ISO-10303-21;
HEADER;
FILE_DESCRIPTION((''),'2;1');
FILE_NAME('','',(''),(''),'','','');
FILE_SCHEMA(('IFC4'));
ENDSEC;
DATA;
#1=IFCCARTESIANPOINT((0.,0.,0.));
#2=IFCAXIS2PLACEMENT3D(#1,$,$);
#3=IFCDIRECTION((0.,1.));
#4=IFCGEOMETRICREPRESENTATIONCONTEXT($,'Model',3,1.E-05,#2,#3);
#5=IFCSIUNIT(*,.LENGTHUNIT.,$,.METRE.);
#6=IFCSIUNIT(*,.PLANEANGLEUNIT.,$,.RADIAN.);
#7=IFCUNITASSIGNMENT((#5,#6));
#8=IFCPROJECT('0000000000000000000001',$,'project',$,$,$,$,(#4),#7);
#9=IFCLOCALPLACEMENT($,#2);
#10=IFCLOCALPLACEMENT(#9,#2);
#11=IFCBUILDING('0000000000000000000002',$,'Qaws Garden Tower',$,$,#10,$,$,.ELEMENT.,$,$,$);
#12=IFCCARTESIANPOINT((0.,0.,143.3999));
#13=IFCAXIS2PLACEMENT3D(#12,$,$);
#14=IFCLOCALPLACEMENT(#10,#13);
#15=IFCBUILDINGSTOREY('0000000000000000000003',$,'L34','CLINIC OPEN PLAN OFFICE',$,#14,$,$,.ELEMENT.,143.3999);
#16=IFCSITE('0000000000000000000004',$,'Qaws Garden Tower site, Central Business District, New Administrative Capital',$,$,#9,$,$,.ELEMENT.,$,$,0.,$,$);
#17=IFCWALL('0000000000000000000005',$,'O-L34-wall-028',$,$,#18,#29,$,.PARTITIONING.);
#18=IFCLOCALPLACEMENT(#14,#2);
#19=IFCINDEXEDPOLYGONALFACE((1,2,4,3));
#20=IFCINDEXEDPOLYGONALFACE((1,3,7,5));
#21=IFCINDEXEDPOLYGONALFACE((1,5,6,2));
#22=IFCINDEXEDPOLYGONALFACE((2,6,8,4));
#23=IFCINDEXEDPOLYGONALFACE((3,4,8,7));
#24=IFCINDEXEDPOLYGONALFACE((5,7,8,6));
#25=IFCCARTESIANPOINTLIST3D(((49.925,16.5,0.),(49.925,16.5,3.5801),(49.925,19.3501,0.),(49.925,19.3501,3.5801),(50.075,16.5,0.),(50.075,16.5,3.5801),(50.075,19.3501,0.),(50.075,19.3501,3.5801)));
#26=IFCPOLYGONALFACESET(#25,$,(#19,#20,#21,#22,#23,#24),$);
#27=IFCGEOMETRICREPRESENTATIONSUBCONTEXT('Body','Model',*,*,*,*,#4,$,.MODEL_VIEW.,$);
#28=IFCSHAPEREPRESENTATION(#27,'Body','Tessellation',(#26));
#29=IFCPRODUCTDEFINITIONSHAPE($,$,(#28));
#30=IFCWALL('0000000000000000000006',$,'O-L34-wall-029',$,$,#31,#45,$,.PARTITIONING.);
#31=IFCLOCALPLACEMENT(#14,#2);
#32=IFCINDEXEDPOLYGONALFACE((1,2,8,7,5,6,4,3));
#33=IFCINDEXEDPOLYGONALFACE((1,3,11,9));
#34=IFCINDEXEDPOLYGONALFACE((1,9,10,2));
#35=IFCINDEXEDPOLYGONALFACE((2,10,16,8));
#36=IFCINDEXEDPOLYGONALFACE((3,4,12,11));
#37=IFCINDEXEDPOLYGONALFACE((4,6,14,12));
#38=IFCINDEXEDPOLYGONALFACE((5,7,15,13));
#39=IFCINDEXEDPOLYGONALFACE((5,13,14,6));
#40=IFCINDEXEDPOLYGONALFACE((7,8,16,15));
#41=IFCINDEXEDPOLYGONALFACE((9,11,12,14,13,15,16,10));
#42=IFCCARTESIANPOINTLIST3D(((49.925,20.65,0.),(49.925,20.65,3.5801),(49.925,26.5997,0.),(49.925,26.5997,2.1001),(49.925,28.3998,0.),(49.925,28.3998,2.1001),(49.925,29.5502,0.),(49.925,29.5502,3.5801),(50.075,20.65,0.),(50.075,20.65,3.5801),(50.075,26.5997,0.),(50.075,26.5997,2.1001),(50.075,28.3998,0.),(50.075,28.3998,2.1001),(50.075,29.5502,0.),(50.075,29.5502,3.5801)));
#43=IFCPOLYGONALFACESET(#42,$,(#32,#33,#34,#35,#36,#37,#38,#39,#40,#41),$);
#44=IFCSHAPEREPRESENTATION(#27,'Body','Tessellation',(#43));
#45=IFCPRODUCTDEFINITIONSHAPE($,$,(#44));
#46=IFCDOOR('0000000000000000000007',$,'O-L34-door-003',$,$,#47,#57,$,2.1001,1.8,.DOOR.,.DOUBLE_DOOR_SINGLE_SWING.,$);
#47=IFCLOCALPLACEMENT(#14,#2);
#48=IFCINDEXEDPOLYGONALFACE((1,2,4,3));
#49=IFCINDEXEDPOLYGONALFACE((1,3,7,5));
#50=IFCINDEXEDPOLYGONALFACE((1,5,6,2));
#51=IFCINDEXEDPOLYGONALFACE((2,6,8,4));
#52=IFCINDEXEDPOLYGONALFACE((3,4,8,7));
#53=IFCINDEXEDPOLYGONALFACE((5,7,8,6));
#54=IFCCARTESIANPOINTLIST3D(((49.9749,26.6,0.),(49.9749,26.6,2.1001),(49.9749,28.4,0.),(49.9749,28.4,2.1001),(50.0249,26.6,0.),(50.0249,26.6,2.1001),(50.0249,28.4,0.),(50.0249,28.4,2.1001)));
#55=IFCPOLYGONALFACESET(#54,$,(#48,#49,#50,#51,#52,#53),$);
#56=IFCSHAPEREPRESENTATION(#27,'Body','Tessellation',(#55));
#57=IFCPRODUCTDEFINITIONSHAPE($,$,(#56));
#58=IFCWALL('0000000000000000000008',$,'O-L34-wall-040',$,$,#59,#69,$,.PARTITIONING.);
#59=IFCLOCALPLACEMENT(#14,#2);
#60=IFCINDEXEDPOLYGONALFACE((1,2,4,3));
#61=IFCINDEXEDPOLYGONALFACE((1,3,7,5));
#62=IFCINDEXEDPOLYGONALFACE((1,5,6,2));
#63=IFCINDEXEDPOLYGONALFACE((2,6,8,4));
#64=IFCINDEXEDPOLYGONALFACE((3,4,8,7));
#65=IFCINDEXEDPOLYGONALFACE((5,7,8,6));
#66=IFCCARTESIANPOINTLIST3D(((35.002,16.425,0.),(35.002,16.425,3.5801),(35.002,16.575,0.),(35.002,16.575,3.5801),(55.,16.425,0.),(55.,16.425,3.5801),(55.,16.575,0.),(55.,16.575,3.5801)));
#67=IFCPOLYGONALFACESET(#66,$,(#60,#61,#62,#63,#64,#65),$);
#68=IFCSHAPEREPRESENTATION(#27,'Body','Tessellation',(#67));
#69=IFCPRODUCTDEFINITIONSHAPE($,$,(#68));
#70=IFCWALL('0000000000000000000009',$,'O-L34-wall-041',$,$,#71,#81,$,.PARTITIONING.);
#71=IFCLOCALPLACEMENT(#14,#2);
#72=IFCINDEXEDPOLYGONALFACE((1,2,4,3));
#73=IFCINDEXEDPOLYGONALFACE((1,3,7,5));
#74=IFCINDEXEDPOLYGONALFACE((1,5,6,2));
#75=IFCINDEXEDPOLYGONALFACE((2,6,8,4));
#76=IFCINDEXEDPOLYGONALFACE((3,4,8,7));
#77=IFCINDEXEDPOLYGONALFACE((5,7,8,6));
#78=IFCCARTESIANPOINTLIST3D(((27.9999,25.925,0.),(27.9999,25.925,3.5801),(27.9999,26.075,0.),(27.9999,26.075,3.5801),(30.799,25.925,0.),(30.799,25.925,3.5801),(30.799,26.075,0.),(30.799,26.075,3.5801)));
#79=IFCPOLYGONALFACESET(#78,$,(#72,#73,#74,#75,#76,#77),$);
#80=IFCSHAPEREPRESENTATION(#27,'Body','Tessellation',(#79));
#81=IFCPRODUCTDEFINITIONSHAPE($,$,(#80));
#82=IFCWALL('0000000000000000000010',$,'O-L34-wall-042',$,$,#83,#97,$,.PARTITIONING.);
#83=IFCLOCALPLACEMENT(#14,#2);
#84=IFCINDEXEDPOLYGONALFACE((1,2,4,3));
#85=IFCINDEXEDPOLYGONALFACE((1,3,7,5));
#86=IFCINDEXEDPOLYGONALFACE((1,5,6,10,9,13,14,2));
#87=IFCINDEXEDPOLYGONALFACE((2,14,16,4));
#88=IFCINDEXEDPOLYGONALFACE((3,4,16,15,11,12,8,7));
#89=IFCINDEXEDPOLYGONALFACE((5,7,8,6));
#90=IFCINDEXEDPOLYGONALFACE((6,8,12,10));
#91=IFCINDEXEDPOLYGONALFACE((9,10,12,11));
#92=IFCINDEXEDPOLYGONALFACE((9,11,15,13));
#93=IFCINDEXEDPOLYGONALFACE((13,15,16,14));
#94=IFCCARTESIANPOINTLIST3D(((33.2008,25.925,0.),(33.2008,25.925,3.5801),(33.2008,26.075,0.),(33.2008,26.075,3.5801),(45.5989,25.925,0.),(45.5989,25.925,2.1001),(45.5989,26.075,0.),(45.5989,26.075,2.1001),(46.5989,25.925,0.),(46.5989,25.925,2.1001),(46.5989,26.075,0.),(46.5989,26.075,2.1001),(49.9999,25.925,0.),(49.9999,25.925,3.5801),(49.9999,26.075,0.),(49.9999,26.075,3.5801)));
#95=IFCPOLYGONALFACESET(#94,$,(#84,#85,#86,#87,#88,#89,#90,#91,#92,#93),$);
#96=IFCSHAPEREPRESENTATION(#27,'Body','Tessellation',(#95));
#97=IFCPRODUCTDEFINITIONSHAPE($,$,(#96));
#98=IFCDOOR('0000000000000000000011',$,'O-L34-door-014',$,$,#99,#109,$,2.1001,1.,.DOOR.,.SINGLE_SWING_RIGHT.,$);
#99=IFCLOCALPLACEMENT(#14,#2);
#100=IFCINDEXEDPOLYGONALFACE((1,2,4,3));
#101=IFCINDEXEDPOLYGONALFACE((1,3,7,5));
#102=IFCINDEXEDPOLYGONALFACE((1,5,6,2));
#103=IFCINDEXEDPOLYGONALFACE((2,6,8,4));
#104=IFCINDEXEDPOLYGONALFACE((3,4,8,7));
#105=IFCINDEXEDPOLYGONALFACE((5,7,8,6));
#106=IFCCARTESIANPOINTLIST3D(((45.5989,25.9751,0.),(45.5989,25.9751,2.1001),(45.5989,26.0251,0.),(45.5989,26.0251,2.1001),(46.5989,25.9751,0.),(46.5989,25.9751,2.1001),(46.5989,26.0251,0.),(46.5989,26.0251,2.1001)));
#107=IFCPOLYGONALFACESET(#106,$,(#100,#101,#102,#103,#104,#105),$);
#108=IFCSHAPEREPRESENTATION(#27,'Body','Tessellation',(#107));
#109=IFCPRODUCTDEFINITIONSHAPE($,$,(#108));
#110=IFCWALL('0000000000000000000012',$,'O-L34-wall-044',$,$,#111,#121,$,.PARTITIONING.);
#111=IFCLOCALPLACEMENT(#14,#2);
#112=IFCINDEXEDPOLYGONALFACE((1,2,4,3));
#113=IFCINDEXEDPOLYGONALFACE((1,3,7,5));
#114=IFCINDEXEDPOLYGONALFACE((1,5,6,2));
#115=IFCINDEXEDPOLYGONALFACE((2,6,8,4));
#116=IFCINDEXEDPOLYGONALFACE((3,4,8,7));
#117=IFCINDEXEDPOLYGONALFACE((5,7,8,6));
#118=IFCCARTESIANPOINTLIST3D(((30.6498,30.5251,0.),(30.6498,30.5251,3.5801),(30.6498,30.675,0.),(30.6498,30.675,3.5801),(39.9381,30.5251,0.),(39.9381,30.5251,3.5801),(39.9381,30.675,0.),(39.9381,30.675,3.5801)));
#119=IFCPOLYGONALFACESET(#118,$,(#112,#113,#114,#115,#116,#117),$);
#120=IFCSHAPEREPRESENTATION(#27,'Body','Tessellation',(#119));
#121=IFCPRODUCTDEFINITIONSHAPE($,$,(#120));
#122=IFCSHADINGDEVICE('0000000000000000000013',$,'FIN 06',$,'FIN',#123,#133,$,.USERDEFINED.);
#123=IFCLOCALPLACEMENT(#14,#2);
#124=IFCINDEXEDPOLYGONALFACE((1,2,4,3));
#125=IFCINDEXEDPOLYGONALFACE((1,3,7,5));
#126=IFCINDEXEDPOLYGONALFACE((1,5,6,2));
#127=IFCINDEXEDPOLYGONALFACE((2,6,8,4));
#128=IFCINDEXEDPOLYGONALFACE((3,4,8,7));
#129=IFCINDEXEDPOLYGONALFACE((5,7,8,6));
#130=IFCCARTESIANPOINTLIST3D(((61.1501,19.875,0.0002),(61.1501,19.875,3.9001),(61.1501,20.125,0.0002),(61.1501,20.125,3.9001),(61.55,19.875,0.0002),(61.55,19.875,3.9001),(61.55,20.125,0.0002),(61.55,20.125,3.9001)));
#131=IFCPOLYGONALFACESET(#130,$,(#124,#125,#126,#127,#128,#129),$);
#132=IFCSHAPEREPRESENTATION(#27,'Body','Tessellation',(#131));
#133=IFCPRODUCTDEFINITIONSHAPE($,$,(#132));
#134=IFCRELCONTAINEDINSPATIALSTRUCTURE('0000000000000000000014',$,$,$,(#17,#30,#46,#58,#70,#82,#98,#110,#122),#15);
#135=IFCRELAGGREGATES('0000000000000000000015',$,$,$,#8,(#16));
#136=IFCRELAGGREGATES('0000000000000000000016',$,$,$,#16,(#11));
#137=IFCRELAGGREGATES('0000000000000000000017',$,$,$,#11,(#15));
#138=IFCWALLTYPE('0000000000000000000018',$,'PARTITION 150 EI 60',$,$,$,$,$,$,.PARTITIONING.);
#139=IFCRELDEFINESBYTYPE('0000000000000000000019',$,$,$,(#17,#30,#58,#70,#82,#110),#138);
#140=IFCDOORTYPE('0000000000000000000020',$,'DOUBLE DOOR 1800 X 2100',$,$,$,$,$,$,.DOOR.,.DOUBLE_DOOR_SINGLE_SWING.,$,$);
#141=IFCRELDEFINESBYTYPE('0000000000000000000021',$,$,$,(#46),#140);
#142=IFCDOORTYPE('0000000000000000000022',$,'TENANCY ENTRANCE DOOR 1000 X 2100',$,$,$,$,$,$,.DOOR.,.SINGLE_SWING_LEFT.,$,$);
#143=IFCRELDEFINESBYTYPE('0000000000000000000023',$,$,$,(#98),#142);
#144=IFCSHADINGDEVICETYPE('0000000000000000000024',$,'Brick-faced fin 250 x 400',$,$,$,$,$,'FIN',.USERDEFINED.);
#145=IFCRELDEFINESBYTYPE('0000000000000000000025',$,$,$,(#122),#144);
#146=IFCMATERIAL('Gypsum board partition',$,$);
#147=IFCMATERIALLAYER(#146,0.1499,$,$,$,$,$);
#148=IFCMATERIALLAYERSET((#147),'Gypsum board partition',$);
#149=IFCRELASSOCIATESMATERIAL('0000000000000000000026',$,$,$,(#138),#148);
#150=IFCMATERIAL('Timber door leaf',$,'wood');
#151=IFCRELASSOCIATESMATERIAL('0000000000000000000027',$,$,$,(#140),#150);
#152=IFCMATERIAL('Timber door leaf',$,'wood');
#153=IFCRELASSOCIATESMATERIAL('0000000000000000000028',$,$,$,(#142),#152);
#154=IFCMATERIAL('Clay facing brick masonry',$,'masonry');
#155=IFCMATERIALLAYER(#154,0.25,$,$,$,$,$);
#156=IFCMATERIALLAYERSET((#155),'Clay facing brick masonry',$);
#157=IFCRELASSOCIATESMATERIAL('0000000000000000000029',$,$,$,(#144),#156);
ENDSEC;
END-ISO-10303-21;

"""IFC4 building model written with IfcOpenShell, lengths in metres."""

from ifc_helpers import new_model, si_unit, direction, frame, frame_2d, origin, origin_2d, place, context, subcontext, project, spatial, rectangle, extrude, material, layer, layer_set, type_object, element, fill, save


model = new_model("IFC4")

# Units and contexts
model_context = context("Model", 3, precision=1e-05, world=origin(), true_north=direction((0.0, 1.0)))
body_context = subcontext(model_context, "Body", "Model", "MODEL_VIEW")
ifc_project = project(units=[si_unit("LENGTHUNIT", "METRE"), si_unit("PLANEANGLEUNIT", "RADIAN")], contexts=[model_context])

# Site, building, storey
site_placement = place(None, origin())
site = spatial("IfcSite", under=ifc_project, at=site_placement, Name="Qaws Garden Tower site, Central Business District, New Administrative Capital", CompositionType="ELEMENT", RefElevation=0.0)
building_placement = place(site_placement, origin())
building = spatial("IfcBuilding", under=site, at=building_placement, Name="Qaws Garden Tower", CompositionType="ELEMENT")
storey_placement = place(building_placement, frame((0.0, 0.0, 143.3999)))
storey = spatial("IfcBuildingStorey", under=building, at=storey_placement, Name="L34", Description="CLINIC OPEN PLAN OFFICE", CompositionType="ELEMENT", Elevation=143.3999)

# Shared definitions
ifc_material_1 = material(Name="Gypsum board partition")
ifc_layer_1 = layer(ifc_material_1, 0.1499)
ifc_layer_set_1 = layer_set([ifc_layer_1], Name="Gypsum board partition")
wall_type_1 = type_object("IfcWallType", Name="PARTITION 150 EI 60", PredefinedType="PARTITIONING", material=ifc_layer_set_1)

# Shared definitions
ifc_material_2 = material(Name="Timber door leaf", Category="wood")
door_type_1 = type_object("IfcDoorType", Name="DOUBLE DOOR 1800 X 2100", OperationType="DOUBLE_DOOR_SINGLE_SWING", PredefinedType="DOOR", material=ifc_material_2)

# Wall
wall_1_placement = place(storey_placement, frame((50.0, 16.5, 0.0), z_axis=(0.0, 0.0, 1.0), x_axis=(0.0, 1.0, 0.0)))
element("IfcWall", 1, at=wall_1_placement, inside=storey, type_object=wall_type_1, Name="O-L34-wall-028", PredefinedType="PARTITIONING", context=body_context, shape_type="SweptSolid", body=[
    extrude(rectangle(XDim=2.8501, YDim=0.1499, at=frame_2d((1.425, 0.0))), origin(), (0.0, 0.0, 1.0), 3.5801),
])

# Wall, opening, door
wall_2_placement = place(storey_placement, frame((50.0, 20.6499, 0.0), z_axis=(0.0, 0.0, 1.0), x_axis=(0.0, 1.0, 0.0)))
wall_2 = element("IfcWall", 2, at=wall_2_placement, inside=storey, type_object=wall_type_1, Name="O-L34-wall-029", PredefinedType="PARTITIONING", context=body_context, shape_type="SweptSolid", body=[
    extrude(rectangle(XDim=8.9001, YDim=0.1499, at=frame_2d((4.4502, 0.0))), origin(), (0.0, 0.0, 1.0), 3.5801),
])
opening_1_placement = place(wall_2_placement, frame((5.95, 0.0, 0.0)))
opening_1 = element("IfcOpeningElement", 3, at=opening_1_placement, cuts=wall_2, PredefinedType="OPENING", context=body_context, shape_type="SweptSolid", body=[
    extrude(rectangle(XDim=1.8, YDim=2.1001, at=frame_2d((0.8999, 1.05))), frame((0.0, 0.085, 0.0), z_axis=(0.0, -1.0, 0.0), x_axis=(1.0, 0.0, 0.0)), (0.0, 0.0, 1.0), 0.1699),
])
door_1_placement = place(opening_1_placement, frame((1.8, 0.0, 0.0), z_axis=(0.0, 0.0, 1.0), x_axis=(-1.0, 0.0, 0.0)))
door_1 = element("IfcDoor", 4, at=door_1_placement, inside=storey, type_object=door_type_1, Name="O-L34-door-003", OperationType="DOUBLE_DOOR_SINGLE_SWING", OverallHeight=2.1001, OverallWidth=1.8, PredefinedType="DOOR", context=body_context, shape_type="SweptSolid", body=[
    extrude(rectangle(XDim=1.8, YDim=2.1001, at=frame_2d((0.8999, 1.05))), frame((0.0, 0.0249, 0.0), z_axis=(0.0, -1.0, 0.0), x_axis=(1.0, 0.0, 0.0)), (0.0, 0.0, 1.0), 0.05),
])
fill(opening_1, door_1)

# Walls
wall_3_placement = place(storey_placement, frame((35.002, 16.5, 0.0), z_axis=(0.0, 0.0, 1.0), x_axis=(1.0, 0.0, 0.0)))
element("IfcWall", 5, at=wall_3_placement, inside=storey, type_object=wall_type_1, Name="O-L34-wall-040", PredefinedType="PARTITIONING", context=body_context, shape_type="SweptSolid", body=[
    extrude(rectangle(XDim=19.998, YDim=0.1499, at=frame_2d((9.999, 0.0))), origin(), (0.0, 0.0, 1.0), 3.5801),
])
wall_4_placement = place(storey_placement, frame((28.0, 26.0, 0.0), z_axis=(0.0, 0.0, 1.0), x_axis=(1.0, 0.0, 0.0)))
element("IfcWall", 6, at=wall_4_placement, inside=storey, type_object=wall_type_1, Name="O-L34-wall-041", PredefinedType="PARTITIONING", context=body_context, shape_type="SweptSolid", body=[
    extrude(rectangle(XDim=2.7991, YDim=0.1499, at=frame_2d((1.3994, 0.0))), origin(), (0.0, 0.0, 1.0), 3.5801),
])

# Wall, opening, door
wall_5_placement = place(storey_placement, frame((33.2009, 26.0, 0.0), z_axis=(0.0, 0.0, 1.0), x_axis=(1.0, 0.0, 0.0)))
wall_5 = element("IfcWall", 7, at=wall_5_placement, inside=storey, type_object=wall_type_1, Name="O-L34-wall-042", PredefinedType="PARTITIONING", context=body_context, shape_type="SweptSolid", body=[
    extrude(rectangle(XDim=16.7991, YDim=0.1499, at=frame_2d((8.3994, 0.0))), origin(), (0.0, 0.0, 1.0), 3.5801),
])
opening_2_placement = place(wall_5_placement, frame((12.3979, 0.0, 0.0)))
opening_2 = element("IfcOpeningElement", 8, at=opening_2_placement, cuts=wall_5, PredefinedType="OPENING", context=body_context, shape_type="SweptSolid", body=[
    extrude(rectangle(XDim=1.0, YDim=2.1001, at=frame_2d((0.5, 1.05))), frame((0.0, 0.085, 0.0), z_axis=(0.0, -1.0, 0.0), x_axis=(1.0, 0.0, 0.0)), (0.0, 0.0, 1.0), 0.1699),
])
ifc_material_3 = material(Name="Timber door leaf", Category="wood")
door_type_2 = type_object("IfcDoorType", Name="TENANCY ENTRANCE DOOR 1000 X 2100", OperationType="SINGLE_SWING_LEFT", PredefinedType="DOOR", material=ifc_material_3)
door_2_placement = place(opening_2_placement, frame((1.0, 0.0, 0.0), z_axis=(0.0, 0.0, 1.0), x_axis=(-1.0, 0.0, 0.0)))
door_2 = element("IfcDoor", 9, at=door_2_placement, inside=storey, type_object=door_type_2, Name="O-L34-door-014", OperationType="SINGLE_SWING_RIGHT", OverallHeight=2.1001, OverallWidth=1.0, PredefinedType="DOOR", context=body_context, shape_type="SweptSolid", body=[
    extrude(rectangle(XDim=1.0, YDim=2.1001, at=frame_2d((0.5, 1.05))), frame((0.0, 0.0249, 0.0), z_axis=(0.0, -1.0, 0.0), x_axis=(1.0, 0.0, 0.0)), (0.0, 0.0, 1.0), 0.05),
])
fill(opening_2, door_2)

# Wall
wall_6_placement = place(storey_placement, frame((30.6499, 30.6001, 0.0), z_axis=(0.0, 0.0, 1.0), x_axis=(1.0, 0.0, 0.0)))
element("IfcWall", 10, at=wall_6_placement, inside=storey, type_object=wall_type_1, Name="O-L34-wall-044", PredefinedType="PARTITIONING", context=body_context, shape_type="SweptSolid", body=[
    extrude(rectangle(XDim=9.2883, YDim=0.1499, at=frame_2d((4.644, 0.0))), origin(), (0.0, 0.0, 1.0), 3.5801),
])

# Shading device
ifc_material_4 = material(Name="Clay facing brick masonry", Category="masonry")
ifc_layer_2 = layer(ifc_material_4, 0.25)
ifc_layer_set_2 = layer_set([ifc_layer_2], Name="Clay facing brick masonry")
shading_device_type = type_object("IfcShadingDeviceType", Name="Brick-faced fin 250 x 400", ElementType="FIN", PredefinedType="USERDEFINED", material=ifc_layer_set_2)
shading_device_placement = place(storey_placement, frame((61.3501, 20.0, 0.0002), z_axis=(0.0, 0.0, 1.0), x_axis=(0.0, 1.0, 0.0)))
element("IfcShadingDevice", 11, at=shading_device_placement, inside=storey, type_object=shading_device_type, Name="FIN 06", ObjectType="FIN", PredefinedType="USERDEFINED", context=body_context, shape_type="SweptSolid", body=[
    extrude(rectangle(XDim=0.25, YDim=0.3999, at=origin_2d()), origin(), (0.0, 0.0, 1.0), 3.8999),
])

save(model, "model.ifc")
